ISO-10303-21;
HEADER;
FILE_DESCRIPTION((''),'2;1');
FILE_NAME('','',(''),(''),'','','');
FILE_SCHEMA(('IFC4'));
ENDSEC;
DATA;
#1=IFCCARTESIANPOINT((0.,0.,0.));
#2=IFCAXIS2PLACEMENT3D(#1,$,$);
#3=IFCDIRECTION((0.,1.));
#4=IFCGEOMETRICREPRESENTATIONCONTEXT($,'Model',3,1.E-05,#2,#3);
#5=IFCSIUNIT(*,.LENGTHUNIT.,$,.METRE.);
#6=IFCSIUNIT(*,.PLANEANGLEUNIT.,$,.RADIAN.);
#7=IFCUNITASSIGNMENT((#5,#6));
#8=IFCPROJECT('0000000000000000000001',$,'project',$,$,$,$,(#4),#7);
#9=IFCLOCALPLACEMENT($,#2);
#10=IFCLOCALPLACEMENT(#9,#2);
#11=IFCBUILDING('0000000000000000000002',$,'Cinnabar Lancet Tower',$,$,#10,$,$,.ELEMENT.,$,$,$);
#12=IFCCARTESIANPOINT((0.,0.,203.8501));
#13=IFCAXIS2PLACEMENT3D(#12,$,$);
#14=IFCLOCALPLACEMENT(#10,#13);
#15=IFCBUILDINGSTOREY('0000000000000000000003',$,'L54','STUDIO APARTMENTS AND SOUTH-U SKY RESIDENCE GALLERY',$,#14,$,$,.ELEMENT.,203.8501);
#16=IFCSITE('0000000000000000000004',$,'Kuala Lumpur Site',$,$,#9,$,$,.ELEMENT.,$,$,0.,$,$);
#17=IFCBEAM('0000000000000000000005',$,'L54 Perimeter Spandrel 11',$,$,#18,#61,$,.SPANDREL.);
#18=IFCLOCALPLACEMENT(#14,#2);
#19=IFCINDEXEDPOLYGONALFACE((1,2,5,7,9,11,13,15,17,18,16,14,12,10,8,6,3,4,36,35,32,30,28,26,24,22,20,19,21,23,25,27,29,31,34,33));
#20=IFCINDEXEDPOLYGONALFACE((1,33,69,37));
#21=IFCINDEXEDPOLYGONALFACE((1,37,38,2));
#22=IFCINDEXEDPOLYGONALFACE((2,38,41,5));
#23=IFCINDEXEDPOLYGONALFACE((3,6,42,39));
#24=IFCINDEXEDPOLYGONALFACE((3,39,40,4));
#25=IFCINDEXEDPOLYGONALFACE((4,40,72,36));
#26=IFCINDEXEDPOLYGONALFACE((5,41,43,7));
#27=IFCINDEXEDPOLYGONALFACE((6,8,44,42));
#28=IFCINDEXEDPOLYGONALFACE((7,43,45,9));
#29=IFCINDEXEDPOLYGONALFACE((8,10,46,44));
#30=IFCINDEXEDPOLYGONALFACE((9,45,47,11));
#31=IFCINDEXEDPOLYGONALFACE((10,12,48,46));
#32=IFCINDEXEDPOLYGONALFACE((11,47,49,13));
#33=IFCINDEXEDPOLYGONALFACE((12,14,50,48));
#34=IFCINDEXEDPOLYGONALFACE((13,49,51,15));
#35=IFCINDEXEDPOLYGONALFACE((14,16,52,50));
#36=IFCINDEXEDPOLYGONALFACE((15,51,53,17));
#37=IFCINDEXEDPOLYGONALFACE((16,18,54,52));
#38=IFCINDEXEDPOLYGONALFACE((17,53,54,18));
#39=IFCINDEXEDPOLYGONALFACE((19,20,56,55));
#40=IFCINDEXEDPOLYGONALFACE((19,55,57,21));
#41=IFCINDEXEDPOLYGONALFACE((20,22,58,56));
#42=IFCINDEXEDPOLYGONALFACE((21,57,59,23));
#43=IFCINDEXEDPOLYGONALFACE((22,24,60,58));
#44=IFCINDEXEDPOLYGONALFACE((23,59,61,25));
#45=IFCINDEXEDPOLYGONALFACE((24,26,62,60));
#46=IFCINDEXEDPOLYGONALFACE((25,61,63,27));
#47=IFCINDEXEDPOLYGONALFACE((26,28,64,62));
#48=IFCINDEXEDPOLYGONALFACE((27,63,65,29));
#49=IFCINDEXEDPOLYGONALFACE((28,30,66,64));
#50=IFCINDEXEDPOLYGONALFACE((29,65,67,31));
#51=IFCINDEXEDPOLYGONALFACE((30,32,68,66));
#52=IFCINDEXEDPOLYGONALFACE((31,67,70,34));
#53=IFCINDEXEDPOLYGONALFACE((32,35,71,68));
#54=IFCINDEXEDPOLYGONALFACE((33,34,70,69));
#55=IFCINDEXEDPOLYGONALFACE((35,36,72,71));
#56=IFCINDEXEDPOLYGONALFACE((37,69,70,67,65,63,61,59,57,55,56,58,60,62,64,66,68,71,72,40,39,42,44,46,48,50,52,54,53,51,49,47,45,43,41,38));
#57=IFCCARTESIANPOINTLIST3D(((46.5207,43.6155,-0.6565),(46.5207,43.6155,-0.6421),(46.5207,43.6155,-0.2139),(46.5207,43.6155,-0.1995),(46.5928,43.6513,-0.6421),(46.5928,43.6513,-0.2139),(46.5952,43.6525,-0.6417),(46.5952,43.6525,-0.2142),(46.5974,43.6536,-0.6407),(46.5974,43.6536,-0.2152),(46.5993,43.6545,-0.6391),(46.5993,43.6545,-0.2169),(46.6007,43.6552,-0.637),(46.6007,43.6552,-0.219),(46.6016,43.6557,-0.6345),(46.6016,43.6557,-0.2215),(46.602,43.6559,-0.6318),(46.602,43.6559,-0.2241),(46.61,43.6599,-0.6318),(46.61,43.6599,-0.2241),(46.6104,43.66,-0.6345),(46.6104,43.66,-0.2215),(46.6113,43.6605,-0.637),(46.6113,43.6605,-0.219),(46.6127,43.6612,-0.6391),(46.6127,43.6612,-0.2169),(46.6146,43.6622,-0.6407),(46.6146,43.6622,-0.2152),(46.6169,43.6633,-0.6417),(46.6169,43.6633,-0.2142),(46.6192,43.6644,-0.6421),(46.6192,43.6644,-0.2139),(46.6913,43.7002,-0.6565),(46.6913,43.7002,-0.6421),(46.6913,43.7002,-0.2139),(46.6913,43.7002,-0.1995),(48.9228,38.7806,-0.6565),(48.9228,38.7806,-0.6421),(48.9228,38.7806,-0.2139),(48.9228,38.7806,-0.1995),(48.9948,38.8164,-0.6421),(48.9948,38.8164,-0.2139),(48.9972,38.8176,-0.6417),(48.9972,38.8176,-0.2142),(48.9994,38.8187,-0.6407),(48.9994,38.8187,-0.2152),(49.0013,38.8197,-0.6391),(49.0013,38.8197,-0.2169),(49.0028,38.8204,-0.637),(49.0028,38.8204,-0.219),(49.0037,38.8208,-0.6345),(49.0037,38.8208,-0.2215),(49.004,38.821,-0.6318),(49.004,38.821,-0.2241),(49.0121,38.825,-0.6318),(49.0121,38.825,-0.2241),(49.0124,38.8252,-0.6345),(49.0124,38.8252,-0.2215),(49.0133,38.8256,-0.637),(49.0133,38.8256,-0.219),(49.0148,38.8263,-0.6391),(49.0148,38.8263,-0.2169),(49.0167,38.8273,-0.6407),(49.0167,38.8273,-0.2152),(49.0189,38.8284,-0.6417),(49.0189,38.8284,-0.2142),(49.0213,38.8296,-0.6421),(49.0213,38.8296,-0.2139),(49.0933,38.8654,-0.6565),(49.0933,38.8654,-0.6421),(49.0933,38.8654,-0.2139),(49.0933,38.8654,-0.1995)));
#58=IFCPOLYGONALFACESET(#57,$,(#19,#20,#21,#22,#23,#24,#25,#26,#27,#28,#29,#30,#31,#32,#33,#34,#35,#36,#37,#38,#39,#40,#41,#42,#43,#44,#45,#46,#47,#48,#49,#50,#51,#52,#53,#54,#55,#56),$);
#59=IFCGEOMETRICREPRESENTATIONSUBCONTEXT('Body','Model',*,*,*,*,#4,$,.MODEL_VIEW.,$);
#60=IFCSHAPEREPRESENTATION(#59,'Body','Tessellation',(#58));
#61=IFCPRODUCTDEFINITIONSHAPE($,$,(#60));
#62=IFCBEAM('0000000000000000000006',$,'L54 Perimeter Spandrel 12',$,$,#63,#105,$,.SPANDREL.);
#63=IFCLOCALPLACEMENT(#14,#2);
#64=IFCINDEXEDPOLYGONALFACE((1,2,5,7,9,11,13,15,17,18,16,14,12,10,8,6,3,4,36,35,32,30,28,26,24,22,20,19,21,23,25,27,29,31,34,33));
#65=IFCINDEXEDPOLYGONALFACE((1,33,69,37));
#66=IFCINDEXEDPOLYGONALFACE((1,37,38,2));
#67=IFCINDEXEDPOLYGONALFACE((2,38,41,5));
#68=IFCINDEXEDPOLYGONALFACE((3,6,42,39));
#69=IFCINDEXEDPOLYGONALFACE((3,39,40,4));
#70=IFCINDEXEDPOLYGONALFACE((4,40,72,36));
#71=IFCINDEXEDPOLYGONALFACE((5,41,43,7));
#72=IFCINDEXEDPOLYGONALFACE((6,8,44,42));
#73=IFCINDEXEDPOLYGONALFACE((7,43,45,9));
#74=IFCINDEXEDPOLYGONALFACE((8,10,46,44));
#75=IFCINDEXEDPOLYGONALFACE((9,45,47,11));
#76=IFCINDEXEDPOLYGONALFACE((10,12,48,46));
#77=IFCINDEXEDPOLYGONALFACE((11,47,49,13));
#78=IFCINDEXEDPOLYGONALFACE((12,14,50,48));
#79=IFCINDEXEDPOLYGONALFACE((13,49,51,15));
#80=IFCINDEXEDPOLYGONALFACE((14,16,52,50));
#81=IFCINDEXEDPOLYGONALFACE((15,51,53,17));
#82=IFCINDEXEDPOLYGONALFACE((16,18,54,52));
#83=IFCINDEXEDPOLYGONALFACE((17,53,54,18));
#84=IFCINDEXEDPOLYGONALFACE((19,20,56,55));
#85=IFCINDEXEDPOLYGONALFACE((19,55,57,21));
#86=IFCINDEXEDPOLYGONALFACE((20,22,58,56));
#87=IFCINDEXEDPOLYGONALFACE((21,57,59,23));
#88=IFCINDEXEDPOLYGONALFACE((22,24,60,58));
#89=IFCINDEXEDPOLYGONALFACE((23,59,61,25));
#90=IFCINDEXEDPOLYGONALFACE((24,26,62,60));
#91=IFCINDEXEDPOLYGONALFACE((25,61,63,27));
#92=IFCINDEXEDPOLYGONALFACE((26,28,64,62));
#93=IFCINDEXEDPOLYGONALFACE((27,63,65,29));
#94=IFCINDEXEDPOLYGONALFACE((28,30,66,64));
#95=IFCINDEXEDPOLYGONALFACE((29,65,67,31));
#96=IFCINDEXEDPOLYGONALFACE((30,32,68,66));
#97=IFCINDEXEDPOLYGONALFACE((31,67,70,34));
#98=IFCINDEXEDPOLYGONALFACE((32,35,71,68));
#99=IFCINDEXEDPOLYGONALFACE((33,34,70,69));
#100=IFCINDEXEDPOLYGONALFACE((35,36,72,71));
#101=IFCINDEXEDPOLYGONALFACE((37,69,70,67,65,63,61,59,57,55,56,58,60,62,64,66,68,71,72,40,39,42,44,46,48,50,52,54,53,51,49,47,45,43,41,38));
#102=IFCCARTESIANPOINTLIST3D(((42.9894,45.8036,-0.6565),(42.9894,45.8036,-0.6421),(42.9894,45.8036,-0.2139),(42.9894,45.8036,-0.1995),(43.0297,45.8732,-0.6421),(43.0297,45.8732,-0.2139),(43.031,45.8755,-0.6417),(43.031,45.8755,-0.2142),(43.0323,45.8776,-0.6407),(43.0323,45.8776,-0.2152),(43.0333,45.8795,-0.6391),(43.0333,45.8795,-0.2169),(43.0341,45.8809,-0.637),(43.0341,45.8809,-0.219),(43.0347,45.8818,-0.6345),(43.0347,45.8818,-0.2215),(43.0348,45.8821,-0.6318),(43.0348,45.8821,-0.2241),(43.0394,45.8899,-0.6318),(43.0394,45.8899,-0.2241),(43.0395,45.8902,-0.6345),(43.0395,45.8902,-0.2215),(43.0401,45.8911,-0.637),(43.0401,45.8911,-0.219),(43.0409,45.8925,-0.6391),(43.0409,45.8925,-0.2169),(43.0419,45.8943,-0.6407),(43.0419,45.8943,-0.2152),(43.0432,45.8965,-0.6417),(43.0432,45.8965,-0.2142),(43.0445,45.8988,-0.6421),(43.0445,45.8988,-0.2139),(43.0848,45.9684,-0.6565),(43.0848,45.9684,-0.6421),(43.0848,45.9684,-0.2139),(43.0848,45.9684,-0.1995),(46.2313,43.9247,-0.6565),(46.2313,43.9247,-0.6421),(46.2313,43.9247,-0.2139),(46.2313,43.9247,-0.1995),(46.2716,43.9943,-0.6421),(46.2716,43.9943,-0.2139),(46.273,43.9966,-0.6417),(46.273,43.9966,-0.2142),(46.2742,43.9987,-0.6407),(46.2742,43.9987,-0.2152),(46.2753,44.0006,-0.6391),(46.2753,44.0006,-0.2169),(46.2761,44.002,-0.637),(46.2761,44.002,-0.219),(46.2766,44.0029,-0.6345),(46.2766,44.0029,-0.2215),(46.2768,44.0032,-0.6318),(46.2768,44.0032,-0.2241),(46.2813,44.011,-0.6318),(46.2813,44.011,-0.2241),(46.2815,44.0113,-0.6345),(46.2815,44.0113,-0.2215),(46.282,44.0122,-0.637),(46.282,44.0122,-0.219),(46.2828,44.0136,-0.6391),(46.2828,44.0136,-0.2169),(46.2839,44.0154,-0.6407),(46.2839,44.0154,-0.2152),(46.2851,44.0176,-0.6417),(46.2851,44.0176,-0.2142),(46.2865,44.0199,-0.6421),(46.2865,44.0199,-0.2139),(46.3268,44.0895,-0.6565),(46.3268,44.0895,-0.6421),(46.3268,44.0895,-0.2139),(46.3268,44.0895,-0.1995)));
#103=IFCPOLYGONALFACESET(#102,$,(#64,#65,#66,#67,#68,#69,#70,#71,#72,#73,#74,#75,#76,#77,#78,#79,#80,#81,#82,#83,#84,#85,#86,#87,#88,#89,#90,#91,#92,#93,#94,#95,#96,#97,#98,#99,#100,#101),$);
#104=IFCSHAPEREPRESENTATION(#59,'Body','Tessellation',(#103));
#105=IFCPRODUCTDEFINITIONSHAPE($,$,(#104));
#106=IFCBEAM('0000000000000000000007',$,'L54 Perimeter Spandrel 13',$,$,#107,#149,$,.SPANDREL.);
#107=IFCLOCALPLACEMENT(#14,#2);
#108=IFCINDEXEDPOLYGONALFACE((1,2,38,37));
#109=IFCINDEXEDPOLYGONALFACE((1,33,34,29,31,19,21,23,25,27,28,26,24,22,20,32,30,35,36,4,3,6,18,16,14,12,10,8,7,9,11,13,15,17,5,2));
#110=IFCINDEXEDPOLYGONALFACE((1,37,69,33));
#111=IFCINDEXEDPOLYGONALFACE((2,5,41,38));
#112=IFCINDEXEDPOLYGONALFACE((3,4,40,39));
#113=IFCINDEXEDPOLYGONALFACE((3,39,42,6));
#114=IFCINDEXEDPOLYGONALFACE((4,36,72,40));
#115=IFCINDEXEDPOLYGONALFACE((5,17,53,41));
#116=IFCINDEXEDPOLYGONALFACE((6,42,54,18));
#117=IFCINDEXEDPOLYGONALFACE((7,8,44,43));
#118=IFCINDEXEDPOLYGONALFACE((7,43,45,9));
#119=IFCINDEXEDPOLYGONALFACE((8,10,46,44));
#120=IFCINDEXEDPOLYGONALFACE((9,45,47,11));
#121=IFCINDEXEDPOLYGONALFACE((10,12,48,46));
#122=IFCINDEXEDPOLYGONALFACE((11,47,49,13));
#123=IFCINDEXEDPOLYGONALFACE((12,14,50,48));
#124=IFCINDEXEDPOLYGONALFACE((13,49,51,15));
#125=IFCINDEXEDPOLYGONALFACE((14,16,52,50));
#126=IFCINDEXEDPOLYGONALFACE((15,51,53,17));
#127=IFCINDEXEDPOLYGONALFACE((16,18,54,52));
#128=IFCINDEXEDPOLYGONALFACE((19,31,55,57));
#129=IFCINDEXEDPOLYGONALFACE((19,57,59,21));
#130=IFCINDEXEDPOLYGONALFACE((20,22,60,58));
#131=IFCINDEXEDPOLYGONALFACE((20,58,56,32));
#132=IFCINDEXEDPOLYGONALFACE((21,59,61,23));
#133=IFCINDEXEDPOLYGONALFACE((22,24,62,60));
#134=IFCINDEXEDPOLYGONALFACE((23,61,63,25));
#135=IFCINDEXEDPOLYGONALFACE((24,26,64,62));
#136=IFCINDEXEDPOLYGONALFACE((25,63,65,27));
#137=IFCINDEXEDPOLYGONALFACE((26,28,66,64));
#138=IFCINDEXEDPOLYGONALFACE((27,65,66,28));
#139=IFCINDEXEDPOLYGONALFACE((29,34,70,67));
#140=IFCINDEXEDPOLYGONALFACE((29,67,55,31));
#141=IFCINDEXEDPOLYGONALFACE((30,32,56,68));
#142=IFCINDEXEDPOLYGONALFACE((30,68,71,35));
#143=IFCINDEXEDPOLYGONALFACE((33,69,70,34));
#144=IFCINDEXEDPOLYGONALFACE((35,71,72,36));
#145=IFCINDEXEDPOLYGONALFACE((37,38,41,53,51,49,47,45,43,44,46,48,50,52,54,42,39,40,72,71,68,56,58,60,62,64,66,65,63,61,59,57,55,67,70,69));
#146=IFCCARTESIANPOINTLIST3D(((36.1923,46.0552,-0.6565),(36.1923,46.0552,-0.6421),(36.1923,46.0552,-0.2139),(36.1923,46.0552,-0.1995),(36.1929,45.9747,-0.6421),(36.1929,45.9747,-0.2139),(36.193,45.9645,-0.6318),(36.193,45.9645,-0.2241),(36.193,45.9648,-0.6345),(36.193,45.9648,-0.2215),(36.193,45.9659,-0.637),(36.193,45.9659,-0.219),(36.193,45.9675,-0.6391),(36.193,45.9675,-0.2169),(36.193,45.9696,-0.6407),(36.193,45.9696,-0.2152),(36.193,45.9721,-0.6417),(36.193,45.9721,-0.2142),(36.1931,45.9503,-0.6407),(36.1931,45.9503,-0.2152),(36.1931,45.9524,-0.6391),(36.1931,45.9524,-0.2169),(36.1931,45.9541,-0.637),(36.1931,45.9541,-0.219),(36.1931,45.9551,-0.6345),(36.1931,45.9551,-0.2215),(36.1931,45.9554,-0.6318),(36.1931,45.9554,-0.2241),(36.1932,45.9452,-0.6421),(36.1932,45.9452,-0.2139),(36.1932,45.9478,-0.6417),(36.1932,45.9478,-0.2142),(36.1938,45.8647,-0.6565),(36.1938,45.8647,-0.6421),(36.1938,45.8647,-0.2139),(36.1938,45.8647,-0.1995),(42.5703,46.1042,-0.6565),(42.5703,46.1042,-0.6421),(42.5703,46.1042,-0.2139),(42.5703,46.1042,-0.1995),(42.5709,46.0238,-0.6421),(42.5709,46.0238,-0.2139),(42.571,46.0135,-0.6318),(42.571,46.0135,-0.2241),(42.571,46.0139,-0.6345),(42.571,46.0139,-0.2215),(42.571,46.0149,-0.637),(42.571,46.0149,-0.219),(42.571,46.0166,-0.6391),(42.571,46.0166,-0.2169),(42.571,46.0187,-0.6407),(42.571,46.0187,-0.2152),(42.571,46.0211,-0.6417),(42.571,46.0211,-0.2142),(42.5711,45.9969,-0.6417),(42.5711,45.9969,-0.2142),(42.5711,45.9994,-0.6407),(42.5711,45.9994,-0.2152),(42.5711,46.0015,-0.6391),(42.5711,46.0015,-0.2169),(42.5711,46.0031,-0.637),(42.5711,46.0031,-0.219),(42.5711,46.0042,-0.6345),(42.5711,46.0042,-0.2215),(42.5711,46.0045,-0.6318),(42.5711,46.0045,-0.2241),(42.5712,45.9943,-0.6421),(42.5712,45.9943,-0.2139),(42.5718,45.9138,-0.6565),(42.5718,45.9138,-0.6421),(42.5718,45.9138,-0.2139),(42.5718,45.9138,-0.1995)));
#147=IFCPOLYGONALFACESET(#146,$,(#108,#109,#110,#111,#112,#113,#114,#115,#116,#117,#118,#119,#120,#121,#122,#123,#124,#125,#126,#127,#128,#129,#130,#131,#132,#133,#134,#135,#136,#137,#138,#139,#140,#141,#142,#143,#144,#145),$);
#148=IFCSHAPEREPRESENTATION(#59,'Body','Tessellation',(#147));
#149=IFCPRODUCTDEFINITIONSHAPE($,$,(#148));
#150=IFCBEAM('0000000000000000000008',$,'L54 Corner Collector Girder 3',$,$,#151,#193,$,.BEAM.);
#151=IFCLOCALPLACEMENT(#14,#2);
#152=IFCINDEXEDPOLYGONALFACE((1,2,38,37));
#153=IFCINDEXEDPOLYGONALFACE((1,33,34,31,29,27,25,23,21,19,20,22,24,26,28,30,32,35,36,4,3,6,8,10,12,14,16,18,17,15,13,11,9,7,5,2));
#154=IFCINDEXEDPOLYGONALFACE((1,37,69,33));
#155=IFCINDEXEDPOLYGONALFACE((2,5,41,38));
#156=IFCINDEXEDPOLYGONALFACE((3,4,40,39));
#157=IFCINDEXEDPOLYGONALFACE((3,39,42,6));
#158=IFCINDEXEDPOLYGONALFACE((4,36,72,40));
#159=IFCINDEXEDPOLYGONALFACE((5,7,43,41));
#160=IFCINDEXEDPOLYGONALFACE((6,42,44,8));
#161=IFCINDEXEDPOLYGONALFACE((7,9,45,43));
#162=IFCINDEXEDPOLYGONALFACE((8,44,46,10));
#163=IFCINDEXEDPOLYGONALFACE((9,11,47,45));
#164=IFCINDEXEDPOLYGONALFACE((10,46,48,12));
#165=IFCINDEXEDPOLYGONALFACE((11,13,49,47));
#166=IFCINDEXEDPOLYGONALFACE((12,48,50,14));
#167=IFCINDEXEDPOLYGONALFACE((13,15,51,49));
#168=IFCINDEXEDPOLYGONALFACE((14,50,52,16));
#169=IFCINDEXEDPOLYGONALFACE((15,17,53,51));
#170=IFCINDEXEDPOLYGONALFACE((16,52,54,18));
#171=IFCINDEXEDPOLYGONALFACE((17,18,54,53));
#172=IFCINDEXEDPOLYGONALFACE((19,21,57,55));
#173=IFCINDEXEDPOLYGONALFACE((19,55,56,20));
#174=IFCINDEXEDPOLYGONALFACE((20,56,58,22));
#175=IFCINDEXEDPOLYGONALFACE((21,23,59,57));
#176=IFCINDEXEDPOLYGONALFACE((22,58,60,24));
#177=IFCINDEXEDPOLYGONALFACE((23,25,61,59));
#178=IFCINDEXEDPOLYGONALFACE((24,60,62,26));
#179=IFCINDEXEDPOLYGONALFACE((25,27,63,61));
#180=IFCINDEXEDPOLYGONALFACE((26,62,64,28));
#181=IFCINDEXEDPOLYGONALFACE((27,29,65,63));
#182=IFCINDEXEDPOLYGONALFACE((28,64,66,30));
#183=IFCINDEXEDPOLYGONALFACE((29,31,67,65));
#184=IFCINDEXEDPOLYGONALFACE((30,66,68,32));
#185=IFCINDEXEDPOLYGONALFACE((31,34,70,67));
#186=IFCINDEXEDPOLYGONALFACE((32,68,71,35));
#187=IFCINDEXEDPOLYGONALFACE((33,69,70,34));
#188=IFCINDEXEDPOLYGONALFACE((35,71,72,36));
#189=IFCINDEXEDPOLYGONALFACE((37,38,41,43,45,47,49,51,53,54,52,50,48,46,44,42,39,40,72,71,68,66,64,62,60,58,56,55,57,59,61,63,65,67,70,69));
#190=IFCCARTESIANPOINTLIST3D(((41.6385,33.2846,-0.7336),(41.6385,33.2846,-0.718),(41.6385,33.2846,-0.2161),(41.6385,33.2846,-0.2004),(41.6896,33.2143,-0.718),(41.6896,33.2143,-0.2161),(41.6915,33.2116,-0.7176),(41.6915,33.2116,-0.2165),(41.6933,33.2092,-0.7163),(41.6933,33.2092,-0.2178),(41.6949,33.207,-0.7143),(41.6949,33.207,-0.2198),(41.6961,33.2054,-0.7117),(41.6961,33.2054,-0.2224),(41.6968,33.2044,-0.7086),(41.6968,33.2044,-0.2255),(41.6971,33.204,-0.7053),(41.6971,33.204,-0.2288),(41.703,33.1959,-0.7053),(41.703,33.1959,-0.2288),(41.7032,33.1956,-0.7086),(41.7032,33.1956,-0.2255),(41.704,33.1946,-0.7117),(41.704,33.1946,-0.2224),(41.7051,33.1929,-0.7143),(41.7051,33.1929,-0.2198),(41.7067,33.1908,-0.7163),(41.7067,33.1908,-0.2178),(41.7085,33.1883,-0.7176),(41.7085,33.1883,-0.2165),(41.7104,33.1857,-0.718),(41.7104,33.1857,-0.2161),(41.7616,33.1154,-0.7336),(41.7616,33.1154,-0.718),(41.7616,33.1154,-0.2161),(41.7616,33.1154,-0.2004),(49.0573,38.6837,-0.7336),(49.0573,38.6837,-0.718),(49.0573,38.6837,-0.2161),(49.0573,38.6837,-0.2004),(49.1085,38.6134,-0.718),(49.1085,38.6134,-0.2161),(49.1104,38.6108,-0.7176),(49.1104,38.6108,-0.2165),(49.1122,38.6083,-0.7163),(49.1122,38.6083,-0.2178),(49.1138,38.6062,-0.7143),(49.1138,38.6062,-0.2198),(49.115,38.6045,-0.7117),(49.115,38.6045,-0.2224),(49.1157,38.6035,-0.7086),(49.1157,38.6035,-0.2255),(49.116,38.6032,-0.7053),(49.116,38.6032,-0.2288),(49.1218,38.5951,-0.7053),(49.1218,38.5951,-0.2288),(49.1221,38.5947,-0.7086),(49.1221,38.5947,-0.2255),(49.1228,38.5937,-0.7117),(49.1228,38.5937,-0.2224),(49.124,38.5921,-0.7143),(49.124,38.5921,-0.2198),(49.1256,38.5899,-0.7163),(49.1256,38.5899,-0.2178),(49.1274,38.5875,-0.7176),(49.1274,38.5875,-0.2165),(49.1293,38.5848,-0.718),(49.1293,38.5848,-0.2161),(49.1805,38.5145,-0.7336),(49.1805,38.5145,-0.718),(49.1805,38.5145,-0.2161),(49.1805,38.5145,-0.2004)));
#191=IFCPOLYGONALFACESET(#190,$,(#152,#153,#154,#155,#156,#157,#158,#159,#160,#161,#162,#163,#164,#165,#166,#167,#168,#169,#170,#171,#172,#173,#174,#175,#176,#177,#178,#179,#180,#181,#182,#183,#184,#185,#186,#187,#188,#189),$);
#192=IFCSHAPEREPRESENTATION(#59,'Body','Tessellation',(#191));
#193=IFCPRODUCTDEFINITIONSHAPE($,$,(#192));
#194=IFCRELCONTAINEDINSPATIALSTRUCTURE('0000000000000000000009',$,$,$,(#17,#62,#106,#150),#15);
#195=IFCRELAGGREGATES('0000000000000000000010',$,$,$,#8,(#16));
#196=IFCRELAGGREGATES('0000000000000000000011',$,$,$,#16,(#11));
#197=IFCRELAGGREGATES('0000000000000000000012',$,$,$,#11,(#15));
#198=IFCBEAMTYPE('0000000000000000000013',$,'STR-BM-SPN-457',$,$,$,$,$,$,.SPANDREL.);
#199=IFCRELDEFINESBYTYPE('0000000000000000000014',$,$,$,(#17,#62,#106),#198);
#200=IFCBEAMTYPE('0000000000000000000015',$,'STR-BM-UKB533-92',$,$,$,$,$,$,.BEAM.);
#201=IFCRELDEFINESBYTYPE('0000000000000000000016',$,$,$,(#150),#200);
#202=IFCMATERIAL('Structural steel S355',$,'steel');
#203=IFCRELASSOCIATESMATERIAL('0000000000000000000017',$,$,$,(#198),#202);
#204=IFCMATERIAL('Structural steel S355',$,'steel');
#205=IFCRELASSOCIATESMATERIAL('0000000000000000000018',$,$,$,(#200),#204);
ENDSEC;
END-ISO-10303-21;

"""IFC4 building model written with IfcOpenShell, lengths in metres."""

from ifc_helpers import new_model, si_unit, direction, frame, origin, origin_2d, place, context, subcontext, project, spatial, i_section, extrude, material, material_profile, profile_set, type_object, element, save


model = new_model("IFC4")

# Units and contexts
model_context = context("Model", 3, precision=1e-05, world=origin(), true_north=direction((0.0, 1.0)))
body_context = subcontext(model_context, "Body", "Model", "MODEL_VIEW")
ifc_project = project(units=[si_unit("LENGTHUNIT", "METRE"), si_unit("PLANEANGLEUNIT", "RADIAN")], contexts=[model_context])

# Site, building, storey
site_placement = place(None, origin())
site = spatial("IfcSite", under=ifc_project, at=site_placement, Name="Kuala Lumpur Site", CompositionType="ELEMENT", RefElevation=0.0)
building_placement = place(site_placement, origin())
building = spatial("IfcBuilding", under=site, at=building_placement, Name="Cinnabar Lancet Tower", CompositionType="ELEMENT")
storey_placement = place(building_placement, frame((0.0, 0.0, 203.8501)))
storey = spatial("IfcBuildingStorey", under=building, at=storey_placement, Name="L54", Description="STUDIO APARTMENTS AND SOUTH-U SKY RESIDENCE GALLERY", CompositionType="ELEMENT", Elevation=203.8501)

# Beams
ifc_material_1 = material(Name="Structural steel S355", Category="steel")
ifc_material_profile_1 = material_profile(ifc_material_1, i_section(OverallWidth=0.1904, OverallDepth=0.457, WebThickness=0.009, FlangeThickness=0.0144, FilletRadius=0.0103, at=origin_2d()), Name="UKB 457x191x74")
ifc_profile_set_1 = profile_set([ifc_material_profile_1], Name="Structural steel S355")
beam_type_1 = type_object("IfcBeamType", Name="STR-BM-SPN-457", PredefinedType="SPANDREL", material=ifc_profile_set_1)
beam_1_placement = place(storey_placement, frame((49.0081, 38.823, -0.428), z_axis=(-0.444933, 0.895564, 0.0), x_axis=(-0.895564, -0.444933, 0.0)))
element("IfcBeam", 1, at=beam_1_placement, inside=storey, type_object=beam_type_1, Name="L54 Perimeter Spandrel 11", PredefinedType="SPANDREL", context=body_context, shape_type="SweptSolid", body=[
    extrude(i_section(OverallWidth=0.1904, OverallDepth=0.457, WebThickness=0.009, FlangeThickness=0.0144, FilletRadius=0.0103, at=origin_2d()), origin(), (0.0, 0.0, 1.0), 5.3987),
])
beam_2_placement = place(storey_placement, frame((46.2791, 44.0071, -0.428), z_axis=(-0.865196, 0.501434, 0.0), x_axis=(-0.501434, -0.865196, 0.0)))
element("IfcBeam", 2, at=beam_2_placement, inside=storey, type_object=beam_type_1, Name="L54 Perimeter Spandrel 12", PredefinedType="SPANDREL", context=body_context, shape_type="SweptSolid", body=[
    extrude(i_section(OverallWidth=0.1904, OverallDepth=0.457, WebThickness=0.009, FlangeThickness=0.0144, FilletRadius=0.0103, at=origin_2d()), origin(), (0.0, 0.0, 1.0), 3.7471),
])
beam_3_placement = place(storey_placement, frame((42.571, 46.009, -0.428), z_axis=(-0.99997, -0.007694, 0.0), x_axis=(0.007694, -0.99997, 0.0)))
element("IfcBeam", 3, at=beam_3_placement, inside=storey, type_object=beam_type_1, Name="L54 Perimeter Spandrel 13", PredefinedType="SPANDREL", context=body_context, shape_type="SweptSolid", body=[
    extrude(i_section(OverallWidth=0.1904, OverallDepth=0.457, WebThickness=0.009, FlangeThickness=0.0144, FilletRadius=0.0103, at=origin_2d()), origin(), (0.0, 0.0, 1.0), 6.3782),
])
ifc_material_2 = material(Name="Structural steel S355", Category="steel")
ifc_material_profile_2 = material_profile(ifc_material_2, i_section(OverallWidth=0.2092, OverallDepth=0.5332, WebThickness=0.01, FlangeThickness=0.0156, FilletRadius=0.0127, at=origin_2d()), Name="UKB 533x210x92")
ifc_profile_set_2 = profile_set([ifc_material_profile_2], Name="Structural steel S355")
beam_type_2 = type_object("IfcBeamType", Name="STR-BM-UKB533-92", PredefinedType="BEAM", material=ifc_profile_set_2)
beam_4_placement = place(storey_placement, frame((49.1189, 38.5991, -0.467), z_axis=(-0.808551, -0.588426, 0.0), x_axis=(0.588426, -0.808551, 0.0)))
element("IfcBeam", 4, at=beam_4_placement, inside=storey, type_object=beam_type_2, Name="L54 Corner Collector Girder 3", PredefinedType="BEAM", context=body_context, shape_type="SweptSolid", body=[
    extrude(i_section(OverallWidth=0.2092, OverallDepth=0.5332, WebThickness=0.01, FlangeThickness=0.0156, FilletRadius=0.0127, at=origin_2d()), origin(), (0.0, 0.0, 1.0), 9.1755),
])

save(model, "model.ifc")
